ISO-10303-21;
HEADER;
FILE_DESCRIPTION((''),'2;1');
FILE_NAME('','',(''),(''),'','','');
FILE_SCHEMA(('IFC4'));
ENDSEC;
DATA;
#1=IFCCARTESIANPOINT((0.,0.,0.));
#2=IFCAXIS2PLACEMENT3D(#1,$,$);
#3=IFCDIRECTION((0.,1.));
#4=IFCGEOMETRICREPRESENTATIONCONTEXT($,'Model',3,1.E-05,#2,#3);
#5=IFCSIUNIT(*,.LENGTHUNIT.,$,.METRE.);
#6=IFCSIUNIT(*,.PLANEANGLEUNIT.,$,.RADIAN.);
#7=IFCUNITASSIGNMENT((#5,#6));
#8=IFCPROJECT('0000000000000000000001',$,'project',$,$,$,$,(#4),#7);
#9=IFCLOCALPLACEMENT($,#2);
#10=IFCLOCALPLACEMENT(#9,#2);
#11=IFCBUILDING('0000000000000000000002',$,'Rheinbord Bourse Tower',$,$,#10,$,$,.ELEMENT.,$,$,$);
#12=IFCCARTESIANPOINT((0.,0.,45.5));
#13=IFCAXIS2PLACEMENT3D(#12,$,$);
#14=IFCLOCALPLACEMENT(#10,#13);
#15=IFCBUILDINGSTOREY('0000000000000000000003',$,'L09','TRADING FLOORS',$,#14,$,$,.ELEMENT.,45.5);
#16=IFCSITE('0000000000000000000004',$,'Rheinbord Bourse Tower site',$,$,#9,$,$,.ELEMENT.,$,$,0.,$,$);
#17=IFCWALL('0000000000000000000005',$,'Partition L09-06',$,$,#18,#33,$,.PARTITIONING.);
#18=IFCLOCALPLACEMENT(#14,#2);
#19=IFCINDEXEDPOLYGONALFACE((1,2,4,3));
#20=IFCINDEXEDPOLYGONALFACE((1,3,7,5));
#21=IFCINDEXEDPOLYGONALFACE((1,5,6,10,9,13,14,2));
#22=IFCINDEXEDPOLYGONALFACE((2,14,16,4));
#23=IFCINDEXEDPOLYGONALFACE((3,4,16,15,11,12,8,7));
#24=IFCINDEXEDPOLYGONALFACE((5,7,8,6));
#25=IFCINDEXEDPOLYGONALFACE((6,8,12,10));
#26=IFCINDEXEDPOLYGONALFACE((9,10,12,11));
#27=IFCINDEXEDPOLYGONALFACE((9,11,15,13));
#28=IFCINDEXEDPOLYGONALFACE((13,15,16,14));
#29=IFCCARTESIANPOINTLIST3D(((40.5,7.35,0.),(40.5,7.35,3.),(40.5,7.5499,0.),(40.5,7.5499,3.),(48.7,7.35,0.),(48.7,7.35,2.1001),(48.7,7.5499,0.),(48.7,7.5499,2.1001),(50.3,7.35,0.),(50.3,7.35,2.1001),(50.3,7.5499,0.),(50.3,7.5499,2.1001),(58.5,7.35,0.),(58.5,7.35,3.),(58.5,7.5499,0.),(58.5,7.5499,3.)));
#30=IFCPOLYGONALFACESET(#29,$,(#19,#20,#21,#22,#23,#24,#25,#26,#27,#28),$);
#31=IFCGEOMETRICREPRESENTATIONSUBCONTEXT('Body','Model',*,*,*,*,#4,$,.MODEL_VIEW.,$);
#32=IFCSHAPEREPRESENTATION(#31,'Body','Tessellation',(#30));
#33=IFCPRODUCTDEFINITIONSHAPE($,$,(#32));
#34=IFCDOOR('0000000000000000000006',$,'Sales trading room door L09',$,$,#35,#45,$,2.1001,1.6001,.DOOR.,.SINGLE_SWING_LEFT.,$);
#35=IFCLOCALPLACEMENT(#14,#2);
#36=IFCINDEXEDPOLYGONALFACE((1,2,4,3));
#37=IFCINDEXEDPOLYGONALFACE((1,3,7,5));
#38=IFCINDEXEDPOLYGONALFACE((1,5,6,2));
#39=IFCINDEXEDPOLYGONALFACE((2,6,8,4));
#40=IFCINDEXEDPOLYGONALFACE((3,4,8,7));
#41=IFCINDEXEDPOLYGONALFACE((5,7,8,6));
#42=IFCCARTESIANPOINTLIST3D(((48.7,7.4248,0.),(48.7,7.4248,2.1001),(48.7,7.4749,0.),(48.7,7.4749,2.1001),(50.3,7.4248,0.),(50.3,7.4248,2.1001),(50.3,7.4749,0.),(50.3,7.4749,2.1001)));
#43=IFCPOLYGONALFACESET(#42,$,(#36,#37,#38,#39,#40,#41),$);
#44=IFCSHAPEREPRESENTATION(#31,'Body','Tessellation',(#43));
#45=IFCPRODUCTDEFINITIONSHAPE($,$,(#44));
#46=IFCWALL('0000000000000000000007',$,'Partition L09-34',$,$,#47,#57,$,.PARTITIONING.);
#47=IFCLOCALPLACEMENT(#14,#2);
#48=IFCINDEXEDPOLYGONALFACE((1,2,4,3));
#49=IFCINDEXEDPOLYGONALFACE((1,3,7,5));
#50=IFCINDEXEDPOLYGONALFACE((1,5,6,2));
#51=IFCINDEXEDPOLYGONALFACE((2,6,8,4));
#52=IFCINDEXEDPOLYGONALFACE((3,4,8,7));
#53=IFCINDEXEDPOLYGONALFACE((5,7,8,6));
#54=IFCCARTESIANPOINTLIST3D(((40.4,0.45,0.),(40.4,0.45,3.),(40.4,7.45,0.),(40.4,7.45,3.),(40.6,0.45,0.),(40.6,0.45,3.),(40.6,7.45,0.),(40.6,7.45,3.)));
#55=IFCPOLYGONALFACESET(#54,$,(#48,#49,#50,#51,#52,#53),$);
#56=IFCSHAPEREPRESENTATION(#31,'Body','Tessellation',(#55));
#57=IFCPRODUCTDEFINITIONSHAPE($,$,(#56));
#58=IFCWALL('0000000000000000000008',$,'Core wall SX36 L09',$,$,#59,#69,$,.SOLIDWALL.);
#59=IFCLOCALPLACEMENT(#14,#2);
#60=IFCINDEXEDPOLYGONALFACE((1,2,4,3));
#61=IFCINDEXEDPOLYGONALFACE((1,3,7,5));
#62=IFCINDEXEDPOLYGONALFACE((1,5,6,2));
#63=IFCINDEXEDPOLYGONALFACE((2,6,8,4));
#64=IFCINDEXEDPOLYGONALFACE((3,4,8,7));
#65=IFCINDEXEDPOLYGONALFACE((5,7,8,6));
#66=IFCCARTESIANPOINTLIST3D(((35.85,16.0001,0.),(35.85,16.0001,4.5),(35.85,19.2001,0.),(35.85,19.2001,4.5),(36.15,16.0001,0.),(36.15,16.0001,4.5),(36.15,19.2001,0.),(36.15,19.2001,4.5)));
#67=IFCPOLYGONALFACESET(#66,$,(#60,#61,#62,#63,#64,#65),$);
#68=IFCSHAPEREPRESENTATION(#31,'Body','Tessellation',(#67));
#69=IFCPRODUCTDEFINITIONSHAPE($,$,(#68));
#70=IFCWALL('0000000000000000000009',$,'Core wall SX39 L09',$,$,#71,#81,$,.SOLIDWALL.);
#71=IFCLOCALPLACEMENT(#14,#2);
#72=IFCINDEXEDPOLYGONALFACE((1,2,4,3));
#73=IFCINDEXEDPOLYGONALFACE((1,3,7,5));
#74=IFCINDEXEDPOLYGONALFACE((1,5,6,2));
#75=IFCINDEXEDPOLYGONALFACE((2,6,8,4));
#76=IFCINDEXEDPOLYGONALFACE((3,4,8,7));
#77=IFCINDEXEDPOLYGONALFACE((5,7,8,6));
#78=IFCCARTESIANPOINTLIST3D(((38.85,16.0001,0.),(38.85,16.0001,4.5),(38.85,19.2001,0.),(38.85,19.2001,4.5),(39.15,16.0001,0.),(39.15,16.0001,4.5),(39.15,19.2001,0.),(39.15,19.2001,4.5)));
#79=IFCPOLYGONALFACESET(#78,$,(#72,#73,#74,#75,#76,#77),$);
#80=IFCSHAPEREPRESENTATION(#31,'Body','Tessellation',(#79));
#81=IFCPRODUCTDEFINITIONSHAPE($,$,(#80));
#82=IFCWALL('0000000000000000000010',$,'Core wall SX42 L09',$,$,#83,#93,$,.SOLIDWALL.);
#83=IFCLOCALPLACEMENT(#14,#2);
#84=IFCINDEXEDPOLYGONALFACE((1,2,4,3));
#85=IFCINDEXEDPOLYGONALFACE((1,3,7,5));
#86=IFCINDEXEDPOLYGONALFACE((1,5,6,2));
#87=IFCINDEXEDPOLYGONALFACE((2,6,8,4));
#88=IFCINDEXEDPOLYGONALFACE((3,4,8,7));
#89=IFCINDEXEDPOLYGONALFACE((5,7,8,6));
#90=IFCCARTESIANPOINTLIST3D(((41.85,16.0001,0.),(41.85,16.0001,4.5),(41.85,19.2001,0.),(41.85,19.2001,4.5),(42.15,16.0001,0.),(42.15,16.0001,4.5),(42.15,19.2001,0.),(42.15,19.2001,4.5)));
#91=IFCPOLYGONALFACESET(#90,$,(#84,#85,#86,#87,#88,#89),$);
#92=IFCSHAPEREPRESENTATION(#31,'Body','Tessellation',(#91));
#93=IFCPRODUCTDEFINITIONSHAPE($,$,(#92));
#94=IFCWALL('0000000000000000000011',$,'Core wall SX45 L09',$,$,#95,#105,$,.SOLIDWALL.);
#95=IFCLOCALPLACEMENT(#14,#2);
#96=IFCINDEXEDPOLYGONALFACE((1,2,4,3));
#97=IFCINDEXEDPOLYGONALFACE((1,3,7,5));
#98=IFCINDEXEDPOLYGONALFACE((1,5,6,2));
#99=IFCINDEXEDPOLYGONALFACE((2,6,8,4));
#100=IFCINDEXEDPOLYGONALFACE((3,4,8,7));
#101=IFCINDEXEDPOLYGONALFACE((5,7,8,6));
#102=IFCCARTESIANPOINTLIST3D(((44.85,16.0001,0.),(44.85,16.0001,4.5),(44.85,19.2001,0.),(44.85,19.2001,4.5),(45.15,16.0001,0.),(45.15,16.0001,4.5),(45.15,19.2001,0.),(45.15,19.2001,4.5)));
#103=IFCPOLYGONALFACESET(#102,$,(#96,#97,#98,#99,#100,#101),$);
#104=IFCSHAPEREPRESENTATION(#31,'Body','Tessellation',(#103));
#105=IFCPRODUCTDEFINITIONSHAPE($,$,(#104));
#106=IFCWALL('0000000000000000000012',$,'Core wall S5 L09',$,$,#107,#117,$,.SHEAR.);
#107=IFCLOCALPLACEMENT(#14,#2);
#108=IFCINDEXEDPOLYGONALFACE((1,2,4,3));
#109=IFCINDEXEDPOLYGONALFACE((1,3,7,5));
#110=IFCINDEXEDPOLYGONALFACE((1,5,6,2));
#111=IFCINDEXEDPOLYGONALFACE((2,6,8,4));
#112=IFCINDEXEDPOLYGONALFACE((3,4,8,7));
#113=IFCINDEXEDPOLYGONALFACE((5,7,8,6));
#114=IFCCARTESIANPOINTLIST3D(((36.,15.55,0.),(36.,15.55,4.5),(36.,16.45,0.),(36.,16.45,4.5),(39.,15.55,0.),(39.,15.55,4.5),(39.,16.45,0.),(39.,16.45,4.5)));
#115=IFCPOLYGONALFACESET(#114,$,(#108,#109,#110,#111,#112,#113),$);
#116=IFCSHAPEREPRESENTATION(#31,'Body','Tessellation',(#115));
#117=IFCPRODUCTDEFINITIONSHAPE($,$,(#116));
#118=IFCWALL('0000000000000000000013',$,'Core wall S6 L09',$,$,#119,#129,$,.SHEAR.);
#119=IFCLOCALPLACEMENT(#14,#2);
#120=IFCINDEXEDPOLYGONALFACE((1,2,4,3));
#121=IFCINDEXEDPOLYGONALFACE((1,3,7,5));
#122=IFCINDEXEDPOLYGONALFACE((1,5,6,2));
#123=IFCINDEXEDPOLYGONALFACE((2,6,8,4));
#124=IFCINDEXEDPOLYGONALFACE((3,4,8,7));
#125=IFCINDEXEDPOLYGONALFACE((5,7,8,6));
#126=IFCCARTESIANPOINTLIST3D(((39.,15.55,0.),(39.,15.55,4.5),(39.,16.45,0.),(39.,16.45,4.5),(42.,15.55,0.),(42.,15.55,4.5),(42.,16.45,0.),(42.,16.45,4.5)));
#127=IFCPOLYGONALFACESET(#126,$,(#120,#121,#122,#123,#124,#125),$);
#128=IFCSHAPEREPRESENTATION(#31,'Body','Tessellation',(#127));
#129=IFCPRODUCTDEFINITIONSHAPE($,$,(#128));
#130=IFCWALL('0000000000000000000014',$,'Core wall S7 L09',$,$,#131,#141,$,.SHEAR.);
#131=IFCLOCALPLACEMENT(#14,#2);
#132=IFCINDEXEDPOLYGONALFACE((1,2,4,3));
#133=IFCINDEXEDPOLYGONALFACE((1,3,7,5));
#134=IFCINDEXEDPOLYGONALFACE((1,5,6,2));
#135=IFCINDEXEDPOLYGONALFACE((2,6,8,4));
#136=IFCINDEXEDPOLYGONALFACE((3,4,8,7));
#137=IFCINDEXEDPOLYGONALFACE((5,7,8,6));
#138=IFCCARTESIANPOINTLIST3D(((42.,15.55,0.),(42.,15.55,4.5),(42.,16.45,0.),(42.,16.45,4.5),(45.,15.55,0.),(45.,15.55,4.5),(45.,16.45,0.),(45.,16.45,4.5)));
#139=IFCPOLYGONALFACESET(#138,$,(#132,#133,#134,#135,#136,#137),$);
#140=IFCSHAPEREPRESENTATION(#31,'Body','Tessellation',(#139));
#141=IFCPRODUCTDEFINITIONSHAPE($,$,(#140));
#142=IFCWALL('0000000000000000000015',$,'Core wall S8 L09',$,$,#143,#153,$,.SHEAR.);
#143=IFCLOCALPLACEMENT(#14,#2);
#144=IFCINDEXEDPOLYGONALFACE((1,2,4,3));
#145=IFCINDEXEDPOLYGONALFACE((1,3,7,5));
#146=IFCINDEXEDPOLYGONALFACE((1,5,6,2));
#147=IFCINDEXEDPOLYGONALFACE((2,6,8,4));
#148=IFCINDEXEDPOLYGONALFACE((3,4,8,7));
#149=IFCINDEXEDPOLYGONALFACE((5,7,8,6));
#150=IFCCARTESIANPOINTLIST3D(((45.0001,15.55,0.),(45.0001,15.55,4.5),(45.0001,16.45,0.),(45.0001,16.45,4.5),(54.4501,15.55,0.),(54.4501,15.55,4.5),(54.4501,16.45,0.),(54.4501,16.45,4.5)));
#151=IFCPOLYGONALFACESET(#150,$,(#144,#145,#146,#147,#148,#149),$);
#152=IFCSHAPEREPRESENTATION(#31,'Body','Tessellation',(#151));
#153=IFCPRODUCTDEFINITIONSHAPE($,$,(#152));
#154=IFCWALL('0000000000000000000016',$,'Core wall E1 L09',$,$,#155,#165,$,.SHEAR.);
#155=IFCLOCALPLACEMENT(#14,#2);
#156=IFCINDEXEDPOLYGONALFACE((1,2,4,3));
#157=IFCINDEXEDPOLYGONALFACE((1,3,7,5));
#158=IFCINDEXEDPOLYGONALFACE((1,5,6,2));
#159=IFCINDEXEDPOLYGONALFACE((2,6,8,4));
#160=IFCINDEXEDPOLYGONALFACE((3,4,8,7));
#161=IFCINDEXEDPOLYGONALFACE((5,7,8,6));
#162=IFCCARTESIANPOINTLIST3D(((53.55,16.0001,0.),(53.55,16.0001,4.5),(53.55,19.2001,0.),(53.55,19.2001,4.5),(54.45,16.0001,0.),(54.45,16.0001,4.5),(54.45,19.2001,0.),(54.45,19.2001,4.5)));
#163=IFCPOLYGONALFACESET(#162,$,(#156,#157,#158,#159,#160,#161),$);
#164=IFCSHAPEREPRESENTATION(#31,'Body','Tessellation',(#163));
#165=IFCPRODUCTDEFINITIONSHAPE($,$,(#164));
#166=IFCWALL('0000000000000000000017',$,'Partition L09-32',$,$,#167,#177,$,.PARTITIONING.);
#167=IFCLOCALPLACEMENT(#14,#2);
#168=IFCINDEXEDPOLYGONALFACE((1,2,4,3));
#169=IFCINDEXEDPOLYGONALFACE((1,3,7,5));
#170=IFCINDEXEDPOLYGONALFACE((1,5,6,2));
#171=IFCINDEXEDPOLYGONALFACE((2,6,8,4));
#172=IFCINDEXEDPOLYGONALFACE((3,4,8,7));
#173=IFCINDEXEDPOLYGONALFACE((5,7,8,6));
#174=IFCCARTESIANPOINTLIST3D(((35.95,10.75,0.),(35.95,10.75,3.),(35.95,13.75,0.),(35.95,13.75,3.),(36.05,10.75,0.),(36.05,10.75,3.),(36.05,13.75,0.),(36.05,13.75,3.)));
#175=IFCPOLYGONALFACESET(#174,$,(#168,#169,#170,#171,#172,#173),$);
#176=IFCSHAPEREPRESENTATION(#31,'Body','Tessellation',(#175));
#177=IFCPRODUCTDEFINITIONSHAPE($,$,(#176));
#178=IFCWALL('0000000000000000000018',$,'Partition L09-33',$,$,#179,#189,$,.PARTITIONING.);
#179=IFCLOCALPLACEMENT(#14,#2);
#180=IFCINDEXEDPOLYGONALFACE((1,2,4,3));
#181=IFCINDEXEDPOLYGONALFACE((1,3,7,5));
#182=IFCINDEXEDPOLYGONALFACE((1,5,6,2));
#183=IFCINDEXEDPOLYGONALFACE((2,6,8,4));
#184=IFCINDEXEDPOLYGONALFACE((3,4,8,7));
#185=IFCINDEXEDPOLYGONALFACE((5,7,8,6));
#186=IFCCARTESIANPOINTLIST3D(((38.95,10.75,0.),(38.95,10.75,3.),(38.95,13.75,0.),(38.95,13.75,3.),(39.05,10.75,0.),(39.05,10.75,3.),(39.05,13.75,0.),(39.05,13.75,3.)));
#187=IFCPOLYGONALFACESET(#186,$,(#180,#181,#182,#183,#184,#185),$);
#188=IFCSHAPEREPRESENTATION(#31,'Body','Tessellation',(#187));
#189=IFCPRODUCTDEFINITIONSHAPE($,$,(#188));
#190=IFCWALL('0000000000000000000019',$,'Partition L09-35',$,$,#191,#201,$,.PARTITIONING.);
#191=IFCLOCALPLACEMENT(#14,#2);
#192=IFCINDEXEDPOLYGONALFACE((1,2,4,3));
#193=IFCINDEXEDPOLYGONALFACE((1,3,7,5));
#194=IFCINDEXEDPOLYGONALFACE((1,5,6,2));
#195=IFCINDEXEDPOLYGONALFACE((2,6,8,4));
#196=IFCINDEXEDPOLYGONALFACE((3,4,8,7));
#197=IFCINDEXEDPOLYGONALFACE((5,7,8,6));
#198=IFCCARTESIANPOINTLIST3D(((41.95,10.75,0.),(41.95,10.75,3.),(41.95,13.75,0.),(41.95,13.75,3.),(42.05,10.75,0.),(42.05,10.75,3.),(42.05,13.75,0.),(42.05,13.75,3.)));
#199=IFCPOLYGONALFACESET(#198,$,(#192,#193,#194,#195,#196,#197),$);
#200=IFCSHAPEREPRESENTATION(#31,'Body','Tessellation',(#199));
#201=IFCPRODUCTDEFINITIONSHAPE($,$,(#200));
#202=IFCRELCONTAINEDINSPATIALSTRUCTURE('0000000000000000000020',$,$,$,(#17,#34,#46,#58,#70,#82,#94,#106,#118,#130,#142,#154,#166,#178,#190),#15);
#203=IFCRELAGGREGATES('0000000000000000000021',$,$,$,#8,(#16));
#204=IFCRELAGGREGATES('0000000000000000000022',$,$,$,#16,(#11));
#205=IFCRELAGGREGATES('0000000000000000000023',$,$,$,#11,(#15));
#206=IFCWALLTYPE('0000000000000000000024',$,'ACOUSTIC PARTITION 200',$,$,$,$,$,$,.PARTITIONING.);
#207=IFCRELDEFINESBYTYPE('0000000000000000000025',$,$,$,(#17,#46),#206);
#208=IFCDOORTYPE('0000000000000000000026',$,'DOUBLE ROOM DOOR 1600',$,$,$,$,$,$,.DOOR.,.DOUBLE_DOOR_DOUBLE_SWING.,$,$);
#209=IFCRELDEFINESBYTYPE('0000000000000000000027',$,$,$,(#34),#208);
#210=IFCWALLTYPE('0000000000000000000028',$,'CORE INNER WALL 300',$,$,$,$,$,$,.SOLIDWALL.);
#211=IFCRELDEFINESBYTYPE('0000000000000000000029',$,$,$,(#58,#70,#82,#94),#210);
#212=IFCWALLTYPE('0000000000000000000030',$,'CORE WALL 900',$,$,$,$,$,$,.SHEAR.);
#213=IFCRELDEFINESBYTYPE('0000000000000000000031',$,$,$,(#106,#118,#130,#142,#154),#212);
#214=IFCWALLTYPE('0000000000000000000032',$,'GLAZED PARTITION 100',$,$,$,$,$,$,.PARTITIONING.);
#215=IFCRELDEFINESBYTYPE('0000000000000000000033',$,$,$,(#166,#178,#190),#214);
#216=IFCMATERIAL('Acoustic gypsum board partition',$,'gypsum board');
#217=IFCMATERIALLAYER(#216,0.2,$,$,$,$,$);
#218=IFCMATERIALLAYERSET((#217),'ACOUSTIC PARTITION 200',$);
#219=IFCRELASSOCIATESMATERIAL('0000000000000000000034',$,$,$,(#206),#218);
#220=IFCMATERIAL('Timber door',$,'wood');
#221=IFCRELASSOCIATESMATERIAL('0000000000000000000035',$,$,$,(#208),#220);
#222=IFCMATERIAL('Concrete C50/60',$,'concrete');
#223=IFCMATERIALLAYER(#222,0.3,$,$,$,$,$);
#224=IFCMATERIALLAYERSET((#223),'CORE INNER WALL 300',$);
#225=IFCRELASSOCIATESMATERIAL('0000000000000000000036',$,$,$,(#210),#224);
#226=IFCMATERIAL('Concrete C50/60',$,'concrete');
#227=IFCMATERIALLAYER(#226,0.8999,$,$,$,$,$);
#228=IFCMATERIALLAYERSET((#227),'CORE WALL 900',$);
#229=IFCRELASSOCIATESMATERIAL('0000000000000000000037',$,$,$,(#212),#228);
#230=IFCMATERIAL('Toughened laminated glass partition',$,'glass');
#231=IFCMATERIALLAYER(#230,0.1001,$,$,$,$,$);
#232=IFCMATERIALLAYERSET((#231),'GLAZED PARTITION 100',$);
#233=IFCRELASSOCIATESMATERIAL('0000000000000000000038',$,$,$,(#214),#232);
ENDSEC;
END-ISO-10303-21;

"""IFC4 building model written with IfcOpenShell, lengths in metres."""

from ifc_helpers import new_model, si_unit, direction, frame, frame_2d, origin, place, context, subcontext, project, spatial, rectangle, extrude, material, layer, layer_set, type_object, element, fill, save


model = new_model("IFC4")

# Units and contexts
model_context = context("Model", 3, precision=1e-05, world=origin(), true_north=direction((0.0, 1.0)))
body_context = subcontext(model_context, "Body", "Model", "MODEL_VIEW")
ifc_project = project(units=[si_unit("LENGTHUNIT", "METRE"), si_unit("PLANEANGLEUNIT", "RADIAN")], contexts=[model_context])

# Site, building, storey
site_placement = place(None, origin())
site = spatial("IfcSite", under=ifc_project, at=site_placement, Name="Rheinbord Bourse Tower site", CompositionType="ELEMENT", RefElevation=0.0)
building_placement = place(site_placement, origin())
building = spatial("IfcBuilding", under=site, at=building_placement, Name="Rheinbord Bourse Tower", CompositionType="ELEMENT")
storey_placement = place(building_placement, frame((0.0, 0.0, 45.5)))
storey = spatial("IfcBuildingStorey", under=building, at=storey_placement, Name="L09", Description="TRADING FLOORS", CompositionType="ELEMENT", Elevation=45.5)

# Wall, opening, door
ifc_material_1 = material(Name="Acoustic gypsum board partition", Category="gypsum board")
ifc_layer_1 = layer(ifc_material_1, 0.2)
ifc_layer_set_1 = layer_set([ifc_layer_1], Name="ACOUSTIC PARTITION 200")
wall_type_1 = type_object("IfcWallType", Name="ACOUSTIC PARTITION 200", PredefinedType="PARTITIONING", material=ifc_layer_set_1)
wall_1_placement = place(storey_placement, frame((40.5, 7.45, 0.0), z_axis=(0.0, 0.0, 1.0), x_axis=(1.0, 0.0, 0.0)))
wall_1 = element("IfcWall", 1, at=wall_1_placement, inside=storey, type_object=wall_type_1, Name="Partition L09-06", PredefinedType="PARTITIONING", context=body_context, shape_type="SweptSolid", body=[
    extrude(rectangle(XDim=18.0, YDim=0.2, at=frame_2d((9.0, 0.0))), origin(), (0.0, 0.0, 1.0), 3.0),
])
opening_1_placement = place(wall_1_placement, frame((8.2, 0.0, 0.0)))
opening_1 = element("IfcOpeningElement", 2, at=opening_1_placement, cuts=wall_1, PredefinedType="OPENING", context=body_context, shape_type="SweptSolid", body=[
    extrude(rectangle(XDim=1.6001, YDim=2.1001, at=frame_2d((0.8, 1.05))), frame((0.0, 0.1099, 0.0), z_axis=(0.0, -1.0, 0.0), x_axis=(1.0, 0.0, 0.0)), (0.0, 0.0, 1.0), 0.22),
])
ifc_material_2 = material(Name="Timber door", Category="wood")
door_type_1 = type_object("IfcDoorType", Name="DOUBLE ROOM DOOR 1600", OperationType="DOUBLE_DOOR_DOUBLE_SWING", PredefinedType="DOOR", material=ifc_material_2)
door_1_placement = place(opening_1_placement, origin())
door_1 = element("IfcDoor", 3, at=door_1_placement, inside=storey, type_object=door_type_1, Name="Sales trading room door L09", OperationType="SINGLE_SWING_LEFT", OverallHeight=2.1001, OverallWidth=1.6001, PredefinedType="DOOR", context=body_context, shape_type="SweptSolid", body=[
    extrude(rectangle(XDim=1.6001, YDim=2.1001, at=frame_2d((0.8, 1.05))), frame((0.0, 0.0249, 0.0), z_axis=(0.0, -1.0, 0.0), x_axis=(1.0, 0.0, 0.0)), (0.0, 0.0, 1.0), 0.05),
])
fill(opening_1, door_1)

# Walls
wall_2_placement = place(storey_placement, frame((40.5, 0.45, 0.0), z_axis=(0.0, 0.0, 1.0), x_axis=(0.0, 1.0, 0.0)))
element("IfcWall", 4, at=wall_2_placement, inside=storey, type_object=wall_type_1, Name="Partition L09-34", PredefinedType="PARTITIONING", context=body_context, shape_type="SweptSolid", body=[
    extrude(rectangle(XDim=7.0, YDim=0.2, at=frame_2d((3.5, 0.0))), origin(), (0.0, 0.0, 1.0), 3.0),
])
ifc_material_3 = material(Name="Concrete C50/60", Category="concrete")
ifc_layer_2 = layer(ifc_material_3, 0.3)
ifc_layer_set_2 = layer_set([ifc_layer_2], Name="CORE INNER WALL 300")
wall_type_2 = type_object("IfcWallType", Name="CORE INNER WALL 300", PredefinedType="SOLIDWALL", material=ifc_layer_set_2)
for number, where, z_axis, x_axis, name in (
    (5, (36.0, 16.0, 0.0), (0.0, 0.0, 1.0), (0.0, 1.0, 0.0), "Core wall SX36 L09"),
    (6, (39.0, 16.0, 0.0), (0.0, 0.0, 1.0), (0.0, 1.0, 0.0), "Core wall SX39 L09"),
    (7, (42.0, 16.0, 0.0), (0.0, 0.0, 1.0), (0.0, 1.0, 0.0), "Core wall SX42 L09"),
    (8, (45.0, 16.0, 0.0), (0.0, 0.0, 1.0), (0.0, 1.0, 0.0), "Core wall SX45 L09"),
):
    element("IfcWall", number, at=place(storey_placement, frame(where, z_axis=z_axis, x_axis=x_axis)), inside=storey, type_object=wall_type_2, Name=name, PredefinedType="SOLIDWALL", context=body_context, shape_type="SweptSolid", body=[
        extrude(rectangle(XDim=3.2, YDim=0.3, at=frame_2d((1.6001, 0.0))), origin(), (0.0, 0.0, 1.0), 4.5),
    ])
ifc_material_4 = material(Name="Concrete C50/60", Category="concrete")
ifc_layer_3 = layer(ifc_material_4, 0.8999)
ifc_layer_set_3 = layer_set([ifc_layer_3], Name="CORE WALL 900")
wall_type_3 = type_object("IfcWallType", Name="CORE WALL 900", PredefinedType="SHEAR", material=ifc_layer_set_3)
for number, where, z_axis, x_axis, name in (
    (9, (36.0, 16.0, 0.0), (0.0, 0.0, 1.0), (1.0, 0.0, 0.0), "Core wall S5 L09"),
    (10, (39.0, 16.0, 0.0), (0.0, 0.0, 1.0), (1.0, 0.0, 0.0), "Core wall S6 L09"),
    (11, (42.0, 16.0, 0.0), (0.0, 0.0, 1.0), (1.0, 0.0, 0.0), "Core wall S7 L09"),
):
    element("IfcWall", number, at=place(storey_placement, frame(where, z_axis=z_axis, x_axis=x_axis)), inside=storey, type_object=wall_type_3, Name=name, PredefinedType="SHEAR", context=body_context, shape_type="SweptSolid", body=[
        extrude(rectangle(XDim=3.0, YDim=0.8999, at=frame_2d((1.5, 0.0))), origin(), (0.0, 0.0, 1.0), 4.5),
    ])
wall_3_placement = place(storey_placement, frame((45.0, 16.0, 0.0), z_axis=(0.0, 0.0, 1.0), x_axis=(1.0, 0.0, 0.0)))
element("IfcWall", 12, at=wall_3_placement, inside=storey, type_object=wall_type_3, Name="Core wall S8 L09", PredefinedType="SHEAR", context=body_context, shape_type="SweptSolid", body=[
    extrude(rectangle(XDim=9.45, YDim=0.8999, at=frame_2d((4.7251, 0.0))), origin(), (0.0, 0.0, 1.0), 4.5),
])
wall_4_placement = place(storey_placement, frame((54.0, 16.0, 0.0), z_axis=(0.0, 0.0, 1.0), x_axis=(0.0, 1.0, 0.0)))
element("IfcWall", 13, at=wall_4_placement, inside=storey, type_object=wall_type_3, Name="Core wall E1 L09", PredefinedType="SHEAR", context=body_context, shape_type="SweptSolid", body=[
    extrude(rectangle(XDim=3.2, YDim=0.8999, at=frame_2d((1.6001, 0.0))), origin(), (0.0, 0.0, 1.0), 4.5),
])
ifc_material_5 = material(Name="Toughened laminated glass partition", Category="glass")
ifc_layer_4 = layer(ifc_material_5, 0.1001)
ifc_layer_set_4 = layer_set([ifc_layer_4], Name="GLAZED PARTITION 100")
wall_type_4 = type_object("IfcWallType", Name="GLAZED PARTITION 100", PredefinedType="PARTITIONING", material=ifc_layer_set_4)
for number, where, z_axis, x_axis, name in (
    (14, (36.0, 10.75, 0.0), (0.0, 0.0, 1.0), (0.0, 1.0, 0.0), "Partition L09-32"),
    (15, (39.0, 10.75, 0.0), (0.0, 0.0, 1.0), (0.0, 1.0, 0.0), "Partition L09-33"),
    (16, (42.0, 10.75, 0.0), (0.0, 0.0, 1.0), (0.0, 1.0, 0.0), "Partition L09-35"),
):
    element("IfcWall", number, at=place(storey_placement, frame(where, z_axis=z_axis, x_axis=x_axis)), inside=storey, type_object=wall_type_4, Name=name, PredefinedType="PARTITIONING", context=body_context, shape_type="SweptSolid", body=[
        extrude(rectangle(XDim=3.0, YDim=0.1001, at=frame_2d((1.5, 0.0))), origin(), (0.0, 0.0, 1.0), 3.0),
    ])

save(model, "model.ifc")
